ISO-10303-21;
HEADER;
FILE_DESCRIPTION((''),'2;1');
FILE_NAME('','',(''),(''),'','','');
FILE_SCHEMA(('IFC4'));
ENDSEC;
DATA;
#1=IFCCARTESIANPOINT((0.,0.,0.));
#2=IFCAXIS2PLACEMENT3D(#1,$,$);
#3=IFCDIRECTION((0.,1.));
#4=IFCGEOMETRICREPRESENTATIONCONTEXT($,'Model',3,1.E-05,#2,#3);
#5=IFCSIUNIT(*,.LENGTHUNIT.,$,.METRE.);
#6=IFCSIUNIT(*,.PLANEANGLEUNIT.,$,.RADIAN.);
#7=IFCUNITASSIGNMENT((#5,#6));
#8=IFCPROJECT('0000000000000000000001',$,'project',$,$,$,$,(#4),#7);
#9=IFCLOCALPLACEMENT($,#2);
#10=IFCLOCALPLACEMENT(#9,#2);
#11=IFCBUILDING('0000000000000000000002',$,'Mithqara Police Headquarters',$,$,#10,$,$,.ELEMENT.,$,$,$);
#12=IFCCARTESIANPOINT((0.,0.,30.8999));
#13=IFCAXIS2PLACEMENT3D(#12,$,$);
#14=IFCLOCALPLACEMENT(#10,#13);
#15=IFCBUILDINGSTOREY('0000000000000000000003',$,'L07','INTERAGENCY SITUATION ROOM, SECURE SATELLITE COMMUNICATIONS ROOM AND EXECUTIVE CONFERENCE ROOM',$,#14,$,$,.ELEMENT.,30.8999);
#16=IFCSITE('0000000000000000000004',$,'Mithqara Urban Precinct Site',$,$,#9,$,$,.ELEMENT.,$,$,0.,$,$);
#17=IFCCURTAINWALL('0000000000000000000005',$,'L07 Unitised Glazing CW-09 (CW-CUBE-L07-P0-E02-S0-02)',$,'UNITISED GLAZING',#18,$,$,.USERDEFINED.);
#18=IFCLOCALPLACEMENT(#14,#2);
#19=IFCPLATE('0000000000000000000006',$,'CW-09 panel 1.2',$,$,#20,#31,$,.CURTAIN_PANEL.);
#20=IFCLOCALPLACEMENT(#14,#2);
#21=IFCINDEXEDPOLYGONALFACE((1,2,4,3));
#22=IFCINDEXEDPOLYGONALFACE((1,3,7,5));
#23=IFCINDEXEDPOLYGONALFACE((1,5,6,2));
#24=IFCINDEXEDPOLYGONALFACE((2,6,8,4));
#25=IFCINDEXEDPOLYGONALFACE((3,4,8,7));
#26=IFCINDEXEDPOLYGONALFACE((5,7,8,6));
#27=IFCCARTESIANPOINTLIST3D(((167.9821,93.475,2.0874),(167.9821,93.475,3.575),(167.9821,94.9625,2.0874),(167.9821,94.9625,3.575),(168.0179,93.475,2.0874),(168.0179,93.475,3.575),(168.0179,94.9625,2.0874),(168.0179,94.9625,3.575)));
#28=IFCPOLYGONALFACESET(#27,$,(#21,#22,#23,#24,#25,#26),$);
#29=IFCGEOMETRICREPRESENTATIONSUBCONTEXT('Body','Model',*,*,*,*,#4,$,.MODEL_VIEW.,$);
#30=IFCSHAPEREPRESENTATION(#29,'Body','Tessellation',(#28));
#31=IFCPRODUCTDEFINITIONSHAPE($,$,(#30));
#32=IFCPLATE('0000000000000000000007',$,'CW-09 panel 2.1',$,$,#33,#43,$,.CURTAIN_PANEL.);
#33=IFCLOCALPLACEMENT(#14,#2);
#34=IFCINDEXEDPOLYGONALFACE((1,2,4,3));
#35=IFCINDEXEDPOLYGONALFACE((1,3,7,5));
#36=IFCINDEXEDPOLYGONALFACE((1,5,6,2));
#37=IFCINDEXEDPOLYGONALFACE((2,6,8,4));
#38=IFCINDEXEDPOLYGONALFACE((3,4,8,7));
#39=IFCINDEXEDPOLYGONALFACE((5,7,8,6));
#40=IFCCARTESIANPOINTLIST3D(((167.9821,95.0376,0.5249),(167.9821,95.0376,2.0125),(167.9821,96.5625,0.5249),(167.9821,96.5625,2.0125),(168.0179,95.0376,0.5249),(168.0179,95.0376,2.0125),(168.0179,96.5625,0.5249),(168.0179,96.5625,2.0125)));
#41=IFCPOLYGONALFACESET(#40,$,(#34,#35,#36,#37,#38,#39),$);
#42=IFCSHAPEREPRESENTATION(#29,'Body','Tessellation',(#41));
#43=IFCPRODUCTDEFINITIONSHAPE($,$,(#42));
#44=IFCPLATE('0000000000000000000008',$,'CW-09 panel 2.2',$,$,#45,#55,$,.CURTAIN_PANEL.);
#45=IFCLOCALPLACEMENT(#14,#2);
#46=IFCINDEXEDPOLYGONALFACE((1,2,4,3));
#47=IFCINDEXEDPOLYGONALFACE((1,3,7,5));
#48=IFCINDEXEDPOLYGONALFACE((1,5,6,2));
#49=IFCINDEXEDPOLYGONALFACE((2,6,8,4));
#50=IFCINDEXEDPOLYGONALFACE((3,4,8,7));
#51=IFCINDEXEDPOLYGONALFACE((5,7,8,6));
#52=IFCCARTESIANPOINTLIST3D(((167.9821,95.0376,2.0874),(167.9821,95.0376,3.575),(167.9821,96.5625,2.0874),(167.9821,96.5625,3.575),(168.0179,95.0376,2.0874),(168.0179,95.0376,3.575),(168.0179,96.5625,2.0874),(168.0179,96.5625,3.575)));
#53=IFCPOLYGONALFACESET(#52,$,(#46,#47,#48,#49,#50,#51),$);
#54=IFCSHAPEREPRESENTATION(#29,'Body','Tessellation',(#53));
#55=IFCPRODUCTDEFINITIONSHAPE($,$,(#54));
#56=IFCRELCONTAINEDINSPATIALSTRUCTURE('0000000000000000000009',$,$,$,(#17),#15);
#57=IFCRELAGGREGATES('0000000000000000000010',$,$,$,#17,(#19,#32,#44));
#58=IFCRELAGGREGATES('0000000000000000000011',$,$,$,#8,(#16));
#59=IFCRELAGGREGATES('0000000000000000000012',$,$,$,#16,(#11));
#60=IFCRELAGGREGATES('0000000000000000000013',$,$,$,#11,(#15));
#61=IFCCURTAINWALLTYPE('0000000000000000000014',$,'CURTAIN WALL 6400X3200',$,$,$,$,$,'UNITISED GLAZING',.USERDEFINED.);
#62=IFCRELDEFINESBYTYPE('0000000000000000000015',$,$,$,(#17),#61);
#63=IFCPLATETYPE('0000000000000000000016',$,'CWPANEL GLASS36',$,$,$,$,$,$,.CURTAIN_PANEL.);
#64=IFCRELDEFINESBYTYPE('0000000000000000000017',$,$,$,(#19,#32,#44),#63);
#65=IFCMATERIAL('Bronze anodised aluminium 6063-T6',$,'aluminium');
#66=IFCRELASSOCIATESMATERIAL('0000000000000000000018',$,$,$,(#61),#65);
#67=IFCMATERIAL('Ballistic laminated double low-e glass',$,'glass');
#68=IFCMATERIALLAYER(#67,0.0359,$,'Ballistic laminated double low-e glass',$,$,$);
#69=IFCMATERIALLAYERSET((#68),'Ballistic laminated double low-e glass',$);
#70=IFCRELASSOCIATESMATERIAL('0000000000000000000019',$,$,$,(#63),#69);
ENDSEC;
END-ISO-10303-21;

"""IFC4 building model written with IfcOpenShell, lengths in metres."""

from ifc_helpers import new_model, si_unit, direction, frame, origin, origin_2d, place, context, subcontext, project, spatial, rectangle, extrude, material, layer, layer_set, type_object, element, aggregate, save


model = new_model("IFC4")

# Units and contexts
model_context = context("Model", 3, precision=1e-05, world=origin(), true_north=direction((0.0, 1.0)))
body_context = subcontext(model_context, "Body", "Model", "MODEL_VIEW")
ifc_project = project(units=[si_unit("LENGTHUNIT", "METRE"), si_unit("PLANEANGLEUNIT", "RADIAN")], contexts=[model_context])

# Site, building, storey
site_placement = place(None, origin())
site = spatial("IfcSite", under=ifc_project, at=site_placement, Name="Mithqara Urban Precinct Site", CompositionType="ELEMENT", RefElevation=0.0)
building_placement = place(site_placement, origin())
building = spatial("IfcBuilding", under=site, at=building_placement, Name="Mithqara Police Headquarters", CompositionType="ELEMENT")
storey_placement = place(building_placement, frame((0.0, 0.0, 30.8999)))
storey = spatial("IfcBuildingStorey", under=building, at=storey_placement, Name="L07", Description="INTERAGENCY SITUATION ROOM, SECURE SATELLITE COMMUNICATIONS ROOM AND EXECUTIVE CONFERENCE ROOM", CompositionType="ELEMENT", Elevation=30.8999)

# Curtain wall
ifc_material_1 = material(Name="Bronze anodised aluminium 6063-T6", Category="aluminium")
curtain_wall_type = type_object("IfcCurtainWallType", Name="CURTAIN WALL 6400X3200", ElementType="UNITISED GLAZING", PredefinedType="USERDEFINED", material=ifc_material_1)
curtain_wall_1_placement = place(storey_placement, origin())
curtain_wall_1 = element("IfcCurtainWall", 1, at=curtain_wall_1_placement, inside=storey, type_object=curtain_wall_type, Name="L07 Unitised Glazing CW-09 (CW-CUBE-L07-P0-E02-S0-02)", ObjectType="UNITISED GLAZING", PredefinedType="USERDEFINED")

# Plates
ifc_material_2 = material(Name="Ballistic laminated double low-e glass", Category="glass")
ifc_layer = layer(ifc_material_2, 0.0359, Name="Ballistic laminated double low-e glass")
ifc_layer_set = layer_set([ifc_layer], Name="Ballistic laminated double low-e glass")
plate_type = type_object("IfcPlateType", Name="CWPANEL GLASS36", PredefinedType="CURTAIN_PANEL", material=ifc_layer_set)
plate_1_placement = place(storey_placement, frame((168.0, 94.2188, 2.0874), z_axis=(0.0, 0.0, 1.0), x_axis=(0.0, 1.0, 0.0)))
plate_1 = element("IfcPlate", 2, at=plate_1_placement, type_object=plate_type, Name="CW-09 panel 1.2", PredefinedType="CURTAIN_PANEL", context=body_context, shape_type="SweptSolid", body=[
    extrude(rectangle(XDim=1.4875, YDim=0.0359, at=origin_2d()), origin(), (0.0, 0.0, 1.0), 1.4875),
])
plate_2_placement = place(storey_placement, frame((168.0, 95.8, 0.5249), z_axis=(0.0, 0.0, 1.0), x_axis=(0.0, 1.0, 0.0)))
plate_2 = element("IfcPlate", 3, at=plate_2_placement, type_object=plate_type, Name="CW-09 panel 2.1", PredefinedType="CURTAIN_PANEL", context=body_context, shape_type="SweptSolid", body=[
    extrude(rectangle(XDim=1.5249, YDim=0.0359, at=origin_2d()), origin(), (0.0, 0.0, 1.0), 1.4875),
])
plate_3_placement = place(storey_placement, frame((168.0, 95.8, 2.0874), z_axis=(0.0, 0.0, 1.0), x_axis=(0.0, 1.0, 0.0)))
plate_3 = element("IfcPlate", 4, at=plate_3_placement, type_object=plate_type, Name="CW-09 panel 2.2", PredefinedType="CURTAIN_PANEL", context=body_context, shape_type="SweptSolid", body=[
    extrude(rectangle(XDim=1.5249, YDim=0.0359, at=origin_2d()), origin(), (0.0, 0.0, 1.0), 1.4875),
])
aggregate(curtain_wall_1, [plate_1, plate_2, plate_3])

save(model, "model.ifc")
